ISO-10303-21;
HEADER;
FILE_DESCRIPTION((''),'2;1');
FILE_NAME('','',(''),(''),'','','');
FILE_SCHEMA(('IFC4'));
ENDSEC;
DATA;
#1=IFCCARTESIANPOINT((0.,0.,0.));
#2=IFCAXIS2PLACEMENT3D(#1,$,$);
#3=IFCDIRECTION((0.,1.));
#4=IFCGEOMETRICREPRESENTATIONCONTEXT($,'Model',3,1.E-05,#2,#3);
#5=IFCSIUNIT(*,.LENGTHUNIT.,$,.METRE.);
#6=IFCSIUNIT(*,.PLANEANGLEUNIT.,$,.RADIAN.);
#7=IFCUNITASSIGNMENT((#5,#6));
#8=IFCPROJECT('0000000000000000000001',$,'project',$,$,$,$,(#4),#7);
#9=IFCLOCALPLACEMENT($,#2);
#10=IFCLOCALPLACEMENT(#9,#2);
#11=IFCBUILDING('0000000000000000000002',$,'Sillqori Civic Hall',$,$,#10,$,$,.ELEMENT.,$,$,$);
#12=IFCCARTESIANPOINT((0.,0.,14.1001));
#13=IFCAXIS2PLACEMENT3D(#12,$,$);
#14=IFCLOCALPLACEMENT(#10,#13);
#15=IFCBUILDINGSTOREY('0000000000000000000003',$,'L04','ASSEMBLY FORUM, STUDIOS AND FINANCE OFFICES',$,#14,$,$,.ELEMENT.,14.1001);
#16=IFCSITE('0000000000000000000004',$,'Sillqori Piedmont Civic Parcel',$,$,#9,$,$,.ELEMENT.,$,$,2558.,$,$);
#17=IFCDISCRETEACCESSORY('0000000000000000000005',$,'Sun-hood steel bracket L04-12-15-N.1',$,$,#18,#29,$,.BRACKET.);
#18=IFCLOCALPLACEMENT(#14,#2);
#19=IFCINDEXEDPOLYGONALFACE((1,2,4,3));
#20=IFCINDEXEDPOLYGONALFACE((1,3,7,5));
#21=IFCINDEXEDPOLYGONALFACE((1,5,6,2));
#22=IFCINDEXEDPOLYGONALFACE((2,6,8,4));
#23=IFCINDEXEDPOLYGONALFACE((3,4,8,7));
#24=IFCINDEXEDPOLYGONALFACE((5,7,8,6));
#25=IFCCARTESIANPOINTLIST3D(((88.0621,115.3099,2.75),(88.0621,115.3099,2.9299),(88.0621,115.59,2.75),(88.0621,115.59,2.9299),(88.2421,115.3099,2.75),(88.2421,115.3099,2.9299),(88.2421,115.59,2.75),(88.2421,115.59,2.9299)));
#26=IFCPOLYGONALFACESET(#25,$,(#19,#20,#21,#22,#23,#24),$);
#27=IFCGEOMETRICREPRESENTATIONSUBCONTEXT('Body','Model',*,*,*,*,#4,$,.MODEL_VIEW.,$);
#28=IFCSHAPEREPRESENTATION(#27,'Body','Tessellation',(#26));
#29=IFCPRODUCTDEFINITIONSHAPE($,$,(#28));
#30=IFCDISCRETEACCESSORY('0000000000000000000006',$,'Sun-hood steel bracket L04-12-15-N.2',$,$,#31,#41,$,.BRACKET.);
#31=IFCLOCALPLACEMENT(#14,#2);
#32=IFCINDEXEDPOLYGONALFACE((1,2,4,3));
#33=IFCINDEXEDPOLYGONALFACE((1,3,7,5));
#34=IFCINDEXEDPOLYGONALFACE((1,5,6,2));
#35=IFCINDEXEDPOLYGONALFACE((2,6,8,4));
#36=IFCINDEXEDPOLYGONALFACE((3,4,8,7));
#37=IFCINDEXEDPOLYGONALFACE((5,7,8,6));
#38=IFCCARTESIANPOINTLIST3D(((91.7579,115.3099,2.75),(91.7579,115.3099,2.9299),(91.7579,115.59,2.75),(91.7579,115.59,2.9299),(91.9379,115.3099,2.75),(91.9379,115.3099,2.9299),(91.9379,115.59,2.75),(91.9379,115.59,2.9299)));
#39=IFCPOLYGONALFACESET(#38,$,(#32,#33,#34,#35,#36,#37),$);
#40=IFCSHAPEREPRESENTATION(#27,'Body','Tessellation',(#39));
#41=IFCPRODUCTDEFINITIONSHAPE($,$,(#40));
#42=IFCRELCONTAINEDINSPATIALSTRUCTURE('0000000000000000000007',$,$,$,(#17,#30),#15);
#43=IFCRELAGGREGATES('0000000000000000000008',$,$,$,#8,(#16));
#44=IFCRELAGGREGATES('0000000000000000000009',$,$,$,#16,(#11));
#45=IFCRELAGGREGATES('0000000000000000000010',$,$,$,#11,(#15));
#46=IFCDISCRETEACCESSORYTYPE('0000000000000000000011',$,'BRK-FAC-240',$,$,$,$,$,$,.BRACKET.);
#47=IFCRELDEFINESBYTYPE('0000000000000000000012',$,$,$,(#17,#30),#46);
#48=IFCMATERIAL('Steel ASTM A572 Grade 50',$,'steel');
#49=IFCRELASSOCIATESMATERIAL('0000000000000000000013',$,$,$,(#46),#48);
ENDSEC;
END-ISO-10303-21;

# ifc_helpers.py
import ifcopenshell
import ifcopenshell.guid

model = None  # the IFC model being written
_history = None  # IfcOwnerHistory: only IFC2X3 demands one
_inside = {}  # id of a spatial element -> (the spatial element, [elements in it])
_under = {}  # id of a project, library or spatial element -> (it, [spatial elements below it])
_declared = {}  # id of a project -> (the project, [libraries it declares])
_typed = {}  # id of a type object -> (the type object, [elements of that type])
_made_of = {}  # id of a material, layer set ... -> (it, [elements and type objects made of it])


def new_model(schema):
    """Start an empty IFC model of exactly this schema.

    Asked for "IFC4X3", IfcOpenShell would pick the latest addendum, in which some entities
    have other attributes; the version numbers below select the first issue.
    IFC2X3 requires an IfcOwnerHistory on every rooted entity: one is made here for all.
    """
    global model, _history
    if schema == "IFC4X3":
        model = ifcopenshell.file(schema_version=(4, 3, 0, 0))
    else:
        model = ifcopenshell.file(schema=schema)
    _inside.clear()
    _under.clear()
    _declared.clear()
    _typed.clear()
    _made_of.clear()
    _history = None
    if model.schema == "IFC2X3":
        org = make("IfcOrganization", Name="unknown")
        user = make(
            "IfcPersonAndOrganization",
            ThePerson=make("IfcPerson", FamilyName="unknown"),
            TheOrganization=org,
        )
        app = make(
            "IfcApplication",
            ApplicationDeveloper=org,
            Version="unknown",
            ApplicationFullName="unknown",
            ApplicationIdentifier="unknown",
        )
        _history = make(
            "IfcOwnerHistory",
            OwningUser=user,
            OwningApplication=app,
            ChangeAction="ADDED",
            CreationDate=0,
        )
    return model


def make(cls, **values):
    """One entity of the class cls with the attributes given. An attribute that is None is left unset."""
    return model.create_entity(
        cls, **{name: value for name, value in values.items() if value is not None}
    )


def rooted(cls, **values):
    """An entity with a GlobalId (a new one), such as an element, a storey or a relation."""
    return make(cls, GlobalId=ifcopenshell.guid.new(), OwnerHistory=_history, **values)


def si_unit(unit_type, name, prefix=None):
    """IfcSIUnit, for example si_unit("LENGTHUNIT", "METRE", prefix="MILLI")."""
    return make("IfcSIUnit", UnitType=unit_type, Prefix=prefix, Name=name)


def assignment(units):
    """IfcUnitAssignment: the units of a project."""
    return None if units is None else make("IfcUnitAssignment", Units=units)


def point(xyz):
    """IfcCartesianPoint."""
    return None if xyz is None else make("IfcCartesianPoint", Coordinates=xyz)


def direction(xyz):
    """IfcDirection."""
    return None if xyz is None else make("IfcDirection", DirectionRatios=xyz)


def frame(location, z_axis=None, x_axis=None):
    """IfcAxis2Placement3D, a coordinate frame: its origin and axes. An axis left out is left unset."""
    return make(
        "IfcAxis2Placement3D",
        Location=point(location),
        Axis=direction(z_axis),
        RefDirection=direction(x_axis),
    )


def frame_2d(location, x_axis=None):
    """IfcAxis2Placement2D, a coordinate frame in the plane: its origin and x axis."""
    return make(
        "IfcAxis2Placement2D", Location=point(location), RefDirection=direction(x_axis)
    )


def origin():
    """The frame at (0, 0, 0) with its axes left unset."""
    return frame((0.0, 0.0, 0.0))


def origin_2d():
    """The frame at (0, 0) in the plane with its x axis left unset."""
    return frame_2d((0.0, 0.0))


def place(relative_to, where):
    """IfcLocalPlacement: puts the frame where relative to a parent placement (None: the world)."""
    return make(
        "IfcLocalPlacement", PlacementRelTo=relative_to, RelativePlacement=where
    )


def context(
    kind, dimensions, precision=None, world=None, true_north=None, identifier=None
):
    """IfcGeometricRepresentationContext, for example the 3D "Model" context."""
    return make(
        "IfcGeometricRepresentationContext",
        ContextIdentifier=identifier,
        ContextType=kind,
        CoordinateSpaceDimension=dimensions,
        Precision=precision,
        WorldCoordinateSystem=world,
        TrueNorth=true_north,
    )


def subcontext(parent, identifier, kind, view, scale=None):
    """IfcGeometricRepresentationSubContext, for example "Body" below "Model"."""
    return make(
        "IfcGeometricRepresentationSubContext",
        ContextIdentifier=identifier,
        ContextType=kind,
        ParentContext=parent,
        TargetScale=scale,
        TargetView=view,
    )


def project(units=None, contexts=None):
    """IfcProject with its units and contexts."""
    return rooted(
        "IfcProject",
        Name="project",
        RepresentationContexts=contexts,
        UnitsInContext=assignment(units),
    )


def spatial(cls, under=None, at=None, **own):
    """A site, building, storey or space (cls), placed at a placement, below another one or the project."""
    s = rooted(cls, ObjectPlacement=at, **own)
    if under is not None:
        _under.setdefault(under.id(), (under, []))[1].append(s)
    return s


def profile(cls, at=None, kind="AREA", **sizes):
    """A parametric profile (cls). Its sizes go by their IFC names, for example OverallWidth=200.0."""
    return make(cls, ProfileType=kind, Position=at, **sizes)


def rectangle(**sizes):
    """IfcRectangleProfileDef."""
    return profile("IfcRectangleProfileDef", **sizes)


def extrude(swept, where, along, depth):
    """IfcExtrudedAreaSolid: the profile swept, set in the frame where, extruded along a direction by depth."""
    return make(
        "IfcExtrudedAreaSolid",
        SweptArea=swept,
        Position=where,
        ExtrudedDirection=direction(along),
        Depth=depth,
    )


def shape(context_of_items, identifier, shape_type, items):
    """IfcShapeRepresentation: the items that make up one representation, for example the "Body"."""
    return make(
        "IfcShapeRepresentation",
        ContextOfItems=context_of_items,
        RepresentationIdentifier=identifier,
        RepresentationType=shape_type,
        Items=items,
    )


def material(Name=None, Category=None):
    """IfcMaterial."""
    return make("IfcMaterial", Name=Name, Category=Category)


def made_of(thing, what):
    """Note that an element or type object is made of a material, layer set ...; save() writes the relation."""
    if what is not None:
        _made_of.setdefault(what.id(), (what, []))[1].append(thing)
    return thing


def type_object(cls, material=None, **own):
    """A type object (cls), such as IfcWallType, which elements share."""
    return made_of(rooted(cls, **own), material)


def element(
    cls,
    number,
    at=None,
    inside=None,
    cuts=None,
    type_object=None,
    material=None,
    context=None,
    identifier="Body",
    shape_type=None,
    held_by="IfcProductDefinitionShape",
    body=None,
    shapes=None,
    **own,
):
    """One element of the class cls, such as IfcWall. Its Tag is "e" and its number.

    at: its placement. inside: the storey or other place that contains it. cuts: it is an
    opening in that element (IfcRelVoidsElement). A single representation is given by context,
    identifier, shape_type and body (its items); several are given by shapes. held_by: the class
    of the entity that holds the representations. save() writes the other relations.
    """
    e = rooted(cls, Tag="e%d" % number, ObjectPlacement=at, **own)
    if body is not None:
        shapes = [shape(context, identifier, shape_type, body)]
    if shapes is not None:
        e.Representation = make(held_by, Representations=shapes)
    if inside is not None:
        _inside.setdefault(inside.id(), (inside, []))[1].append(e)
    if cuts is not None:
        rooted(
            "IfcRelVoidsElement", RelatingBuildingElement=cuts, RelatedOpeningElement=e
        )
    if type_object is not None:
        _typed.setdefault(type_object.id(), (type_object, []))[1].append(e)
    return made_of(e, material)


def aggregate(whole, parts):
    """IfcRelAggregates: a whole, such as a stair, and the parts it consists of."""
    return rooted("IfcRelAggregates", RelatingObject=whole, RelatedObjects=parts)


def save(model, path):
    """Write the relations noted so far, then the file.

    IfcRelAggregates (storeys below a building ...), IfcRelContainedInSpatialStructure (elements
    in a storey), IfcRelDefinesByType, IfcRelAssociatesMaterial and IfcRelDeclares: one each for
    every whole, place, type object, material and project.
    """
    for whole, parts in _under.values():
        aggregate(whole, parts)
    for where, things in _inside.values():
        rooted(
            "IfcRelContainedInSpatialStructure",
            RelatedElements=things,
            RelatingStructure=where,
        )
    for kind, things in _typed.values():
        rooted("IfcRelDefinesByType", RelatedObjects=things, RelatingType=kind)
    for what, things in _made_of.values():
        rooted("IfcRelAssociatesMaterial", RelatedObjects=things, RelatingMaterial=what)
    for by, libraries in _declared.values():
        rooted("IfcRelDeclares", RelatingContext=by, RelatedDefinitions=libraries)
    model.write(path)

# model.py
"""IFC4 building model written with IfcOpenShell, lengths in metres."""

from ifc_helpers import new_model, si_unit, direction, frame, origin, origin_2d, place, context, subcontext, project, spatial, rectangle, extrude, material, type_object, element, save


model = new_model("IFC4")

# Units and contexts
model_context = context("Model", 3, precision=1e-05, world=origin(), true_north=direction((0.0, 1.0)))
body_context = subcontext(model_context, "Body", "Model", "MODEL_VIEW")
ifc_project = project(units=[si_unit("LENGTHUNIT", "METRE"), si_unit("PLANEANGLEUNIT", "RADIAN")], contexts=[model_context])

# Site, building, storey
site_placement = place(None, origin())
site = spatial("IfcSite", under=ifc_project, at=site_placement, Name="Sillqori Piedmont Civic Parcel", CompositionType="ELEMENT", RefElevation=2558.0)
building_placement = place(site_placement, origin())
building = spatial("IfcBuilding", under=site, at=building_placement, Name="Sillqori Civic Hall", CompositionType="ELEMENT")
storey_placement = place(building_placement, frame((0.0, 0.0, 14.1001)))
storey = spatial("IfcBuildingStorey", under=building, at=storey_placement, Name="L04", Description="ASSEMBLY FORUM, STUDIOS AND FINANCE OFFICES", CompositionType="ELEMENT", Elevation=14.1001)

# Discrete accessories
ifc_material_1 = material(Name="Steel ASTM A572 Grade 50", Category="steel")
discrete_accessory_type = type_object("IfcDiscreteAccessoryType", Name="BRK-FAC-240", PredefinedType="BRACKET", material=ifc_material_1)
for number, where, z_axis, x_axis, name in (
    (1, (88.1521, 115.45, 2.75), (0.0, 0.0, 1.0), (1.0, 0.0, 0.0), "Sun-hood steel bracket L04-12-15-N.1"),
    (2, (91.8479, 115.45, 2.75), (0.0, 0.0, 1.0), (1.0, 0.0, 0.0), "Sun-hood steel bracket L04-12-15-N.2"),
):
    element("IfcDiscreteAccessory", number, at=place(storey_placement, frame(where, z_axis=z_axis, x_axis=x_axis)), inside=storey, type_object=discrete_accessory_type, Name=name, PredefinedType="BRACKET", context=body_context, shape_type="SweptSolid", body=[
        extrude(rectangle(XDim=0.1799, YDim=0.28, at=origin_2d()), origin(), (0.0, 0.0, 1.0), 0.1799),
    ])

save(model, "model.ifc")
